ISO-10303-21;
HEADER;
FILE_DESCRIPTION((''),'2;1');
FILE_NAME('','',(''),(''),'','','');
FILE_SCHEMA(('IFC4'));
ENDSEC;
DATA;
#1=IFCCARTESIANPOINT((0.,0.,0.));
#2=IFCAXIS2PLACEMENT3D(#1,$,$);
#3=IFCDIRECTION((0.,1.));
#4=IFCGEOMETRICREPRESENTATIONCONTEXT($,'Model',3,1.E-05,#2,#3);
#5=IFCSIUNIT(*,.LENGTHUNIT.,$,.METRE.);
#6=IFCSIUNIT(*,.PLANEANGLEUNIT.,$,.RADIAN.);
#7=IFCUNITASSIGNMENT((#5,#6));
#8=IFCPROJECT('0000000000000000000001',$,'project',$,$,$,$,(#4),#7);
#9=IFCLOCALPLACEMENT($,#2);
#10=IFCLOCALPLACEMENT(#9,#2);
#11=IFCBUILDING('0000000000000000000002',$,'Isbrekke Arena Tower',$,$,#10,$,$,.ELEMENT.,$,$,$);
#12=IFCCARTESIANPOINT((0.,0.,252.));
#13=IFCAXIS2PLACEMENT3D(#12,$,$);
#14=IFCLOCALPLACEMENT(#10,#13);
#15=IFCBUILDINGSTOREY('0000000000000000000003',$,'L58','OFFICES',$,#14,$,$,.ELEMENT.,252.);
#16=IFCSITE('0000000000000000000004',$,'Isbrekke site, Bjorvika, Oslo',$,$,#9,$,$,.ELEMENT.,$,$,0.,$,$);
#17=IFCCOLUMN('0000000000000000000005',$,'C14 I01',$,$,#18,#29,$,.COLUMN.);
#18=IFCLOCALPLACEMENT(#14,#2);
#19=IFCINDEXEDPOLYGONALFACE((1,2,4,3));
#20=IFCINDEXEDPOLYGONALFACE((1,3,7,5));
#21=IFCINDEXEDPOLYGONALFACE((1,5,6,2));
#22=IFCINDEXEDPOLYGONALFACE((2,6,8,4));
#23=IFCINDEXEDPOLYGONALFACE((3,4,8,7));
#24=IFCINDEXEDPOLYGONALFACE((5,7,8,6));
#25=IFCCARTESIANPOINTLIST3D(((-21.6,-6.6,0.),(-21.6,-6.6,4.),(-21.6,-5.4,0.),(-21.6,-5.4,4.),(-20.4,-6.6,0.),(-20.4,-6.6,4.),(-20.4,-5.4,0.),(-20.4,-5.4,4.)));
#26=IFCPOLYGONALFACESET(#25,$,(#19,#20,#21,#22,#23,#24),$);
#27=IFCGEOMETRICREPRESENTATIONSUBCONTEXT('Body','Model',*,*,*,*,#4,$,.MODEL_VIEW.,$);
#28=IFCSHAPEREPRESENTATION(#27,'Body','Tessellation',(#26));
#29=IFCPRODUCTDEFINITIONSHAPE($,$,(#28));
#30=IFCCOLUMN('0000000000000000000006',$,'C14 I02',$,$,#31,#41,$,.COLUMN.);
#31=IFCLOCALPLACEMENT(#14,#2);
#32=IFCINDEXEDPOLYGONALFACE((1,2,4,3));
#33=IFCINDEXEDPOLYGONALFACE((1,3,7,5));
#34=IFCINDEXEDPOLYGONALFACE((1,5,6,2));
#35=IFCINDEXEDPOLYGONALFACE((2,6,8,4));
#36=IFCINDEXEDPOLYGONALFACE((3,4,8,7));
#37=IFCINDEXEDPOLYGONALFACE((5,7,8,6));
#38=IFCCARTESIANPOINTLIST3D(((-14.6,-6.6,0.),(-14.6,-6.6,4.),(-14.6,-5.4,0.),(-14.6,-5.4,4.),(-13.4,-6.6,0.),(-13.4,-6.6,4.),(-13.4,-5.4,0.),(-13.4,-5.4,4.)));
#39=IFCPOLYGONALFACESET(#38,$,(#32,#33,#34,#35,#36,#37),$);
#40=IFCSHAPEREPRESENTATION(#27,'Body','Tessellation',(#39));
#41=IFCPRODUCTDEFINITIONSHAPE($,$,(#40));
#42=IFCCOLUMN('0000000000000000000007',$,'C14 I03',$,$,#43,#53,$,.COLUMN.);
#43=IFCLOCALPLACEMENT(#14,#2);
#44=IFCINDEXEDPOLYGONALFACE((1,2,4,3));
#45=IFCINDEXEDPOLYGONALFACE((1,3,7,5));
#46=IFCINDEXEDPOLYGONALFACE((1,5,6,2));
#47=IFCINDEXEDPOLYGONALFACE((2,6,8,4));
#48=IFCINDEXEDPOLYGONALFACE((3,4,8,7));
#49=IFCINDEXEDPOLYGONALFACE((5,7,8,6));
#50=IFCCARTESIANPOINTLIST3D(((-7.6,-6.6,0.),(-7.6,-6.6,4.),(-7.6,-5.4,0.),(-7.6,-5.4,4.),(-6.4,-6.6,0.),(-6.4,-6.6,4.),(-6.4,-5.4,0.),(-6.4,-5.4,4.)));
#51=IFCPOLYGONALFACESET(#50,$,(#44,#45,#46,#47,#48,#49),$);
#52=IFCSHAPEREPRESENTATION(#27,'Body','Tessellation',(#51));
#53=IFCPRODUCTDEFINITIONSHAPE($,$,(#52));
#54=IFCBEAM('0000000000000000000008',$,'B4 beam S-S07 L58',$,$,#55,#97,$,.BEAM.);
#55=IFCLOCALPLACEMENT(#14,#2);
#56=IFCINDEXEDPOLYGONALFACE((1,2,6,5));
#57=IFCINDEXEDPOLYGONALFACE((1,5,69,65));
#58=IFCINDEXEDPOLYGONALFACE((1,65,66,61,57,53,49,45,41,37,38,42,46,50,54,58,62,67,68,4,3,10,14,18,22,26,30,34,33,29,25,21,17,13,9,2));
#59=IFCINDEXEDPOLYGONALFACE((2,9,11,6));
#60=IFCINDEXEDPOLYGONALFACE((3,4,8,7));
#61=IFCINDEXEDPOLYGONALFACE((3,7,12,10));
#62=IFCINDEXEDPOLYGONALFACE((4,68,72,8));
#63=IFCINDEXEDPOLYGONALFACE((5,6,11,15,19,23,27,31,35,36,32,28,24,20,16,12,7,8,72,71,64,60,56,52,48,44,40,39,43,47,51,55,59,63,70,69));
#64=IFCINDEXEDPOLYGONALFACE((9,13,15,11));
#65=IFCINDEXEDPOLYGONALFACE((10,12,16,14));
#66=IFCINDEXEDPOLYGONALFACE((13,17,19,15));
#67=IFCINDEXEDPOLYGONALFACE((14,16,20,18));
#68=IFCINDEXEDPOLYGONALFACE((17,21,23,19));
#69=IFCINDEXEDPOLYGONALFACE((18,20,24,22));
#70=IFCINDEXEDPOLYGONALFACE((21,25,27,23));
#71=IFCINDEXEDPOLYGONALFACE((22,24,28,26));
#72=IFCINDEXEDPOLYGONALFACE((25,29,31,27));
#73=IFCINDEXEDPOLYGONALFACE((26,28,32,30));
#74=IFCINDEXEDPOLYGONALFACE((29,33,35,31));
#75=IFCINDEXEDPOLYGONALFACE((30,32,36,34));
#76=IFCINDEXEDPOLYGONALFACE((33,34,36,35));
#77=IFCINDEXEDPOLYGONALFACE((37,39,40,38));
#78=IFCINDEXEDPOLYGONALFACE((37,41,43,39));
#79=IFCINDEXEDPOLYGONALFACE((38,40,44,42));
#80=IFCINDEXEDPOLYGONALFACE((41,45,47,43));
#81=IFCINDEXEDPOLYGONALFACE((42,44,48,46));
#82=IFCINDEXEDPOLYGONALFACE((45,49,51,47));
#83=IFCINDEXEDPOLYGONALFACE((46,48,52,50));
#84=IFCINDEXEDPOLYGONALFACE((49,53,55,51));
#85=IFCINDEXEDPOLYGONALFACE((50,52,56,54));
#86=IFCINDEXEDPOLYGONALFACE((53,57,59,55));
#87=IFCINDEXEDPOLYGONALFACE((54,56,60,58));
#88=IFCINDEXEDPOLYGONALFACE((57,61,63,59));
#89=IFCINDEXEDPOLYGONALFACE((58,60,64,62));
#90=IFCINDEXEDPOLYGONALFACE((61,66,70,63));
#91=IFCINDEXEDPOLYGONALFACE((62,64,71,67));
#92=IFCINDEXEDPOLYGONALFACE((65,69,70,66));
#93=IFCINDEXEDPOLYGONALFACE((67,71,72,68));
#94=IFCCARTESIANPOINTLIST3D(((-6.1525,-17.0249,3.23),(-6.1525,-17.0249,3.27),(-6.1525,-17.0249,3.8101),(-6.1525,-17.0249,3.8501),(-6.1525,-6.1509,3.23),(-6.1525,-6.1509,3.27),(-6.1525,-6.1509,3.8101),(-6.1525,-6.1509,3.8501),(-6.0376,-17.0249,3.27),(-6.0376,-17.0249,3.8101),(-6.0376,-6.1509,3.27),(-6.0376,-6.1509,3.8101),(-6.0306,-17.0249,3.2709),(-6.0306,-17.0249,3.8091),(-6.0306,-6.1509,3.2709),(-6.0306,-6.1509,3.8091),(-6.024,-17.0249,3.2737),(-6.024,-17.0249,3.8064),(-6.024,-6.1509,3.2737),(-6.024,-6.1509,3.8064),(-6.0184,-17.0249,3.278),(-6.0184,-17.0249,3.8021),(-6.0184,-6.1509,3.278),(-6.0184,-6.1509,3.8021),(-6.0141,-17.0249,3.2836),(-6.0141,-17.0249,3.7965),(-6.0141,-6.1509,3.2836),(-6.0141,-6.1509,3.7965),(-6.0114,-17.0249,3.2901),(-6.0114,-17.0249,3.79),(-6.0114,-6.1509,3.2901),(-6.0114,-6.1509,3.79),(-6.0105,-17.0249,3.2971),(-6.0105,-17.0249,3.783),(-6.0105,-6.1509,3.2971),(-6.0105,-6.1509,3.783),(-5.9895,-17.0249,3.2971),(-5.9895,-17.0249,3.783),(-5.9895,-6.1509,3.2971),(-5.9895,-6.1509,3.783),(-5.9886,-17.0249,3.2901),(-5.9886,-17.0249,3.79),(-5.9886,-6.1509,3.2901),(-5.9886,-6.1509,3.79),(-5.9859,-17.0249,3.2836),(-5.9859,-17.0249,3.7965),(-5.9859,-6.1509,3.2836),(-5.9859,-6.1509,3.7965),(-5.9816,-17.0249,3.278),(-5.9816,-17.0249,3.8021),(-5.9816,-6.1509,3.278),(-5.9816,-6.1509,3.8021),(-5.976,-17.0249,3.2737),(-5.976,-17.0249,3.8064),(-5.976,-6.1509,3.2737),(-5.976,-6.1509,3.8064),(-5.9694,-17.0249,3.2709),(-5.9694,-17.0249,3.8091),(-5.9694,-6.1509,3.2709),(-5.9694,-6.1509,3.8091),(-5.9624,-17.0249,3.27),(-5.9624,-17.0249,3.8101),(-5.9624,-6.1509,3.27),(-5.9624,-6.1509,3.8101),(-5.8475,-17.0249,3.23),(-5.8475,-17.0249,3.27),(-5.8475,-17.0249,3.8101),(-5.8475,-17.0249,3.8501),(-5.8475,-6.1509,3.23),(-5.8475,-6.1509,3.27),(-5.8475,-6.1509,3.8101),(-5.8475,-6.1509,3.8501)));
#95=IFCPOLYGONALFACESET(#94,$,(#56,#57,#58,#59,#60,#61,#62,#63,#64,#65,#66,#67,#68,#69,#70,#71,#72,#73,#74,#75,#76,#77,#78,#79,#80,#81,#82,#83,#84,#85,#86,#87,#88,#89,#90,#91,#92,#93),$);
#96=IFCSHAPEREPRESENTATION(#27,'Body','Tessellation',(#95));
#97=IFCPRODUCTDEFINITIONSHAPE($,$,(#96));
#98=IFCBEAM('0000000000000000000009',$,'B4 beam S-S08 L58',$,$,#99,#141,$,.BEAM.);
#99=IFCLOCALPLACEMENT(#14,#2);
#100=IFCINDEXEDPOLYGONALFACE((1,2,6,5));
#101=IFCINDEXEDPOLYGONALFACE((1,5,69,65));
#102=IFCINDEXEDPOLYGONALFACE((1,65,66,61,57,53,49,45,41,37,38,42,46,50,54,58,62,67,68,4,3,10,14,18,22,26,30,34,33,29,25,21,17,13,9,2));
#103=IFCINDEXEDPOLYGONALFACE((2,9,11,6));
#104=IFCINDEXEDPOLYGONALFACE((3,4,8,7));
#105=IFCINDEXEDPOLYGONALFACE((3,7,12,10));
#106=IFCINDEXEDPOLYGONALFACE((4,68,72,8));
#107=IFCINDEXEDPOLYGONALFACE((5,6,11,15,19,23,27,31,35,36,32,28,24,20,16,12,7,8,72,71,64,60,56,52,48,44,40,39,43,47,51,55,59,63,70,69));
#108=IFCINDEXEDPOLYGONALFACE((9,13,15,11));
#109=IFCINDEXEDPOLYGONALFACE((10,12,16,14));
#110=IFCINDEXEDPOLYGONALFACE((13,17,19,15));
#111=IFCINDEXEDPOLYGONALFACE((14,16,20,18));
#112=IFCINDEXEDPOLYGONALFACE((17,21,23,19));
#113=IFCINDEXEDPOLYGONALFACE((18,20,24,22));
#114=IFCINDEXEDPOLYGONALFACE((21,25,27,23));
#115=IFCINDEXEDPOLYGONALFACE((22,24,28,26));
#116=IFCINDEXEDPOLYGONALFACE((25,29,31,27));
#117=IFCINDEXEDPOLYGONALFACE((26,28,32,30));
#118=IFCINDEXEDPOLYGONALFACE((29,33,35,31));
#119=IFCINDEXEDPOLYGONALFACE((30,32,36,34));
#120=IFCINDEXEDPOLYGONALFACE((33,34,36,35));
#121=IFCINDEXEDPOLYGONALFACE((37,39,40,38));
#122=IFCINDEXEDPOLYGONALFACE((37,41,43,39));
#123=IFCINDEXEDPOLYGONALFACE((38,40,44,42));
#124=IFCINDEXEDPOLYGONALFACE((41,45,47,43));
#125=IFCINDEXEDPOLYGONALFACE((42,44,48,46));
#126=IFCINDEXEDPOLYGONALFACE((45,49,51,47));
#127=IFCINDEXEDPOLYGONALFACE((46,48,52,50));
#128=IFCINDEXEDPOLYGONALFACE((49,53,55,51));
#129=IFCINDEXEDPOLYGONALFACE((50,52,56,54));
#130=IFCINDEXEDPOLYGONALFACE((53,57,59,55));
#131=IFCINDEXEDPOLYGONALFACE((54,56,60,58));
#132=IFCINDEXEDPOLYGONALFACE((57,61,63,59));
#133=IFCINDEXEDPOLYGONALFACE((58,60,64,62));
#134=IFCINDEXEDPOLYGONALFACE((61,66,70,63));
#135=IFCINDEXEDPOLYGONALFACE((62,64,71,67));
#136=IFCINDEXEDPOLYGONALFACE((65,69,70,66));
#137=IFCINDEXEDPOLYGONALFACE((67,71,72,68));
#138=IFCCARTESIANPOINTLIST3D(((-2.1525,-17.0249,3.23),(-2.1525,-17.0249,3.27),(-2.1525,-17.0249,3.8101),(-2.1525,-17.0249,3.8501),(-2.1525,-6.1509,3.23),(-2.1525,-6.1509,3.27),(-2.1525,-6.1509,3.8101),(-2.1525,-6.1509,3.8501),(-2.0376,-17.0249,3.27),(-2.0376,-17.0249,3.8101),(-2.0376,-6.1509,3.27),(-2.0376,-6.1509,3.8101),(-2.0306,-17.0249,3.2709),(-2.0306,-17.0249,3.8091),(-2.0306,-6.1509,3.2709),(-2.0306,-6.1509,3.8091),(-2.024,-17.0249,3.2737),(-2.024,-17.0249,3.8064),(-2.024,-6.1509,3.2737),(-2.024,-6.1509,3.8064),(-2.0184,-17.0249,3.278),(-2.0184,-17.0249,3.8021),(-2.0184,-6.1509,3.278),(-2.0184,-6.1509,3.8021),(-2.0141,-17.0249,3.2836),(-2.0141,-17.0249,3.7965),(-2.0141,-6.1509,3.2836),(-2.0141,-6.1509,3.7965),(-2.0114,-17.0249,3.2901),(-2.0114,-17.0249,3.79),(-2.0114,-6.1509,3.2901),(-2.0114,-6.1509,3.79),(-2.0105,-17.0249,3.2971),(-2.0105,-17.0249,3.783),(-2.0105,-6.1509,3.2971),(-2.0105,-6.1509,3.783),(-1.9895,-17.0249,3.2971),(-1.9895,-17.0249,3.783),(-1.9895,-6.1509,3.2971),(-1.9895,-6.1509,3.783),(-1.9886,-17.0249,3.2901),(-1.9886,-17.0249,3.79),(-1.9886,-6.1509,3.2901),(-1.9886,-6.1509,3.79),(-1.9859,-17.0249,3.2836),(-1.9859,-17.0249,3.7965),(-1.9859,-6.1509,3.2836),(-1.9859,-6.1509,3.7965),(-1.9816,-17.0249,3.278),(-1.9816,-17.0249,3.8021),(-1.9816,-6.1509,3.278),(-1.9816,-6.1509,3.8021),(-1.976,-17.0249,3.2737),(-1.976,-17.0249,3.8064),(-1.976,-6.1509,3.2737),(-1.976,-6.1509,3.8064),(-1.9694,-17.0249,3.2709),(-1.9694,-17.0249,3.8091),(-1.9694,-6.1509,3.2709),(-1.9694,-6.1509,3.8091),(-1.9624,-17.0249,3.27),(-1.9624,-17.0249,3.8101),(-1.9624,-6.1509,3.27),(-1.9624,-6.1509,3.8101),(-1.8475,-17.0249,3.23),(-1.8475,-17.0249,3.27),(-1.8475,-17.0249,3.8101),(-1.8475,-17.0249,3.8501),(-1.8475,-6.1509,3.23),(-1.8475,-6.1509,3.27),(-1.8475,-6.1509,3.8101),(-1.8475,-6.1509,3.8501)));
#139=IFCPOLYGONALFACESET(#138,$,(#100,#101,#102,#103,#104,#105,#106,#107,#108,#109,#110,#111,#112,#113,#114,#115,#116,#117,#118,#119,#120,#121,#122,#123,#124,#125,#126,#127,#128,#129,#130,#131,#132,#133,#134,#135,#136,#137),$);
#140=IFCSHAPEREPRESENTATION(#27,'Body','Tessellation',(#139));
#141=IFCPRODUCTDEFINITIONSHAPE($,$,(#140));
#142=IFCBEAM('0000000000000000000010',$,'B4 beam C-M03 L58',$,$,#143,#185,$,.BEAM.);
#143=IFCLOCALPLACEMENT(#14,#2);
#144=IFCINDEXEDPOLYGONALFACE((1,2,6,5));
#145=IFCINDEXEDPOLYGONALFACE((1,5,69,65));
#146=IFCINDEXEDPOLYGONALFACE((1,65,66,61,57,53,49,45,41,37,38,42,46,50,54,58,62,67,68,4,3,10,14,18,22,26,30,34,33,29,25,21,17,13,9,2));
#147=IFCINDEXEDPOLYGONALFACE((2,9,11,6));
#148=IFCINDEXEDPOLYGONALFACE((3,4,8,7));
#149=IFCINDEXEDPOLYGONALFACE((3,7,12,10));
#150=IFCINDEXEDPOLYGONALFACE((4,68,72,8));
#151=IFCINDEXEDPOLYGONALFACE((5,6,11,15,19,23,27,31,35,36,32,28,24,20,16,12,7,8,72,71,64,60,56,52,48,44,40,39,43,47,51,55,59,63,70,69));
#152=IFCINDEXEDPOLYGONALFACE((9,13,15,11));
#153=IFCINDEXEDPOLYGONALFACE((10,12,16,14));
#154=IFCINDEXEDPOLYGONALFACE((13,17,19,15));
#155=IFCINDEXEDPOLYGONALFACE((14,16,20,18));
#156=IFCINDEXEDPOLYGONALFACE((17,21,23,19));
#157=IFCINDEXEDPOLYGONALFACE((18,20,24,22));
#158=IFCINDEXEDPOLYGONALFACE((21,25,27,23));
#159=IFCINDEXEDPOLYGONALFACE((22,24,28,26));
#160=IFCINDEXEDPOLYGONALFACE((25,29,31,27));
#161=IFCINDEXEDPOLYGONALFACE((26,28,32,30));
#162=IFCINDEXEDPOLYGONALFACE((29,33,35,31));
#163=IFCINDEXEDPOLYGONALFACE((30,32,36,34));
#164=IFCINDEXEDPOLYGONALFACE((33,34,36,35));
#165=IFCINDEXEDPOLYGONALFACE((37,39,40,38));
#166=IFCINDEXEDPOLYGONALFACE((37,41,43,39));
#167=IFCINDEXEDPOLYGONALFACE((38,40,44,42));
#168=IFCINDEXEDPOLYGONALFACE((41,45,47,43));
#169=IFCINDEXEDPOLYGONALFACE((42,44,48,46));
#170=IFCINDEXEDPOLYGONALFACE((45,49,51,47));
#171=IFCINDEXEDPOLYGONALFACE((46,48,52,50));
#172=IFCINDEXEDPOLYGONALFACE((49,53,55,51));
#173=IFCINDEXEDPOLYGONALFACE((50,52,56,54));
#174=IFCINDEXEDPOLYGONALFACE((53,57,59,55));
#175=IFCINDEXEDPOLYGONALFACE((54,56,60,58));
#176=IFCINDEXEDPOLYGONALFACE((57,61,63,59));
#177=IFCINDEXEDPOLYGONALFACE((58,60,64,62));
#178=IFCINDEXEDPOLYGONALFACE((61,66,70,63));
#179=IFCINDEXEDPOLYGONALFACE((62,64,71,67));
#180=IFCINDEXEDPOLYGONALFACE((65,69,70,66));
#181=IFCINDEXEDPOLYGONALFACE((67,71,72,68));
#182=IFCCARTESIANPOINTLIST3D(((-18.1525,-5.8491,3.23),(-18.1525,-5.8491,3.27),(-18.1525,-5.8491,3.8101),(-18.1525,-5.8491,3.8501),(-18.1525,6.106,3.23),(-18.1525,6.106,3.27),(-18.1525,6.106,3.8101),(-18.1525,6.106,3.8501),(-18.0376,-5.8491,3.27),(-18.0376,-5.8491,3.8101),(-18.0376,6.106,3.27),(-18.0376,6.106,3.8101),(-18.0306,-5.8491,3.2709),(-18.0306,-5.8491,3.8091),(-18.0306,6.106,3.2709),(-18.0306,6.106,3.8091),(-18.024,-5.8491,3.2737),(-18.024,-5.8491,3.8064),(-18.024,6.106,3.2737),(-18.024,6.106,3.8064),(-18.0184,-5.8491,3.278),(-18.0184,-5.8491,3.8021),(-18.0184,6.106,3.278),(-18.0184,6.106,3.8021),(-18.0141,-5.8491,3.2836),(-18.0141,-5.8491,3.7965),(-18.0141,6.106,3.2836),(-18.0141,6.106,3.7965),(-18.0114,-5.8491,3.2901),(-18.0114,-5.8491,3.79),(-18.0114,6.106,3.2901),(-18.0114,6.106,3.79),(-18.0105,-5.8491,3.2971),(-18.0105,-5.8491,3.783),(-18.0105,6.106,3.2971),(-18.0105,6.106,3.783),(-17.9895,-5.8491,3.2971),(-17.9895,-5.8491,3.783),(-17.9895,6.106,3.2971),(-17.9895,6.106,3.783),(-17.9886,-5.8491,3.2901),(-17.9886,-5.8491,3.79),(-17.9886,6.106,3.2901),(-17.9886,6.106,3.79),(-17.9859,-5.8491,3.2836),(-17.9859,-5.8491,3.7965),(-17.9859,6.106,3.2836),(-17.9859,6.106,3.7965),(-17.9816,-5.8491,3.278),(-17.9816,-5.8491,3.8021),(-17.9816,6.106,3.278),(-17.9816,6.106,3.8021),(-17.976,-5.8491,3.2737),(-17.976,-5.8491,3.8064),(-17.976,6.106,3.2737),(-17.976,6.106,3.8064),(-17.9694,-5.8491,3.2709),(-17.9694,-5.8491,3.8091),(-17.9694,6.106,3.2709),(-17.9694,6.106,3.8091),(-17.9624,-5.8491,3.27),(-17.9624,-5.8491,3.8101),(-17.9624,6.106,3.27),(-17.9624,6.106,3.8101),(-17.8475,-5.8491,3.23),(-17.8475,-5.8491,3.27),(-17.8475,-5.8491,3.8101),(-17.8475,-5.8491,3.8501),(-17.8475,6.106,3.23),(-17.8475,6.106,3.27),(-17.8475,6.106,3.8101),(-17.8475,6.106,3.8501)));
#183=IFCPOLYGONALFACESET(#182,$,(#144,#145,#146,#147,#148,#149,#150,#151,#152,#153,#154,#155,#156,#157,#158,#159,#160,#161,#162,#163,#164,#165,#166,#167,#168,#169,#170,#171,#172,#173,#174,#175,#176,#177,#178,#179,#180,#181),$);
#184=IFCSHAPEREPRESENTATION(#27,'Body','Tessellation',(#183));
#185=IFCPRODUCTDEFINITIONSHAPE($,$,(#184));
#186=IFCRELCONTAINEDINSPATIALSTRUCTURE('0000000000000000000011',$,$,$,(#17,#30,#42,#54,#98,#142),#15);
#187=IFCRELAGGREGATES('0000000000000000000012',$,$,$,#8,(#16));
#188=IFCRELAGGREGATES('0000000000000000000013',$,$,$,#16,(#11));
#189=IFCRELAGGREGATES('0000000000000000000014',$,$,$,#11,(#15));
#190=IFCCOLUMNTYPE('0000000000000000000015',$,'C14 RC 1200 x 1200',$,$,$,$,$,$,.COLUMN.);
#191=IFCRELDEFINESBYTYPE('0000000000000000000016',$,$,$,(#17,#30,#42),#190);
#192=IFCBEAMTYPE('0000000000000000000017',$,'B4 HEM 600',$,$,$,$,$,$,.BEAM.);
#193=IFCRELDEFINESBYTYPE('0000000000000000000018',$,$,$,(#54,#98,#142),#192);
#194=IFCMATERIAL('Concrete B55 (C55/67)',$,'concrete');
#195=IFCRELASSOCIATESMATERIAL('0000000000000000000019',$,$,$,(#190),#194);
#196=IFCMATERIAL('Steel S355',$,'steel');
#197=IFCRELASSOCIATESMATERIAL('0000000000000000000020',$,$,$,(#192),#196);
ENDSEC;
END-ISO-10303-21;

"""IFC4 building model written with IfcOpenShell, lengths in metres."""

from ifc_helpers import new_model, si_unit, direction, frame, origin, origin_2d, place, context, subcontext, project, spatial, rectangle, i_section, extrude, material, material_profile, profile_set, type_object, element, save


model = new_model("IFC4")

# Units and contexts
model_context = context("Model", 3, precision=1e-05, world=origin(), true_north=direction((0.0, 1.0)))
body_context = subcontext(model_context, "Body", "Model", "MODEL_VIEW")
ifc_project = project(units=[si_unit("LENGTHUNIT", "METRE"), si_unit("PLANEANGLEUNIT", "RADIAN")], contexts=[model_context])

# Site, building, storey
site_placement = place(None, origin())
site = spatial("IfcSite", under=ifc_project, at=site_placement, Name="Isbrekke site, Bjorvika, Oslo", CompositionType="ELEMENT", RefElevation=0.0)
building_placement = place(site_placement, origin())
building = spatial("IfcBuilding", under=site, at=building_placement, Name="Isbrekke Arena Tower", CompositionType="ELEMENT")
storey_placement = place(building_placement, frame((0.0, 0.0, 252.0)))
storey = spatial("IfcBuildingStorey", under=building, at=storey_placement, Name="L58", Description="OFFICES", CompositionType="ELEMENT", Elevation=252.0)

# Columns
ifc_material_1 = material(Name="Concrete B55 (C55/67)", Category="concrete")
ifc_material_profile_1 = material_profile(ifc_material_1, rectangle(XDim=1.2, YDim=1.2, at=origin_2d()), Name="RC 1200x1200")
ifc_profile_set_1 = profile_set([ifc_material_profile_1], Name="Concrete B55 (C55/67)")
column_type = type_object("IfcColumnType", Name="C14 RC 1200 x 1200", PredefinedType="COLUMN", material=ifc_profile_set_1)
for number, where, z_axis, x_axis, name in (
    (1, (-21.0, -6.0, 0.0), (0.0, 0.0, 1.0), (1.0, 0.0, 0.0), "C14 I01"),
    (2, (-14.0, -6.0, 0.0), (0.0, 0.0, 1.0), (1.0, 0.0, 0.0), "C14 I02"),
    (3, (-7.0, -6.0, 0.0), (0.0, 0.0, 1.0), (1.0, 0.0, 0.0), "C14 I03"),
):
    element("IfcColumn", number, at=place(storey_placement, frame(where, z_axis=z_axis, x_axis=x_axis)), inside=storey, type_object=column_type, Name=name, PredefinedType="COLUMN", context=body_context, shape_type="SweptSolid", body=[
        extrude(rectangle(XDim=1.2, YDim=1.2, at=origin_2d()), origin(), (0.0, 0.0, 1.0), 4.0),
    ])

# Beams
ifc_material_2 = material(Name="Steel S355", Category="steel")
ifc_material_profile_2 = material_profile(ifc_material_2, i_section(OverallWidth=0.3049, OverallDepth=0.6201, WebThickness=0.021, FlangeThickness=0.04, FilletRadius=0.0271, at=origin_2d()), Name="HEM 600")
ifc_profile_set_2 = profile_set([ifc_material_profile_2], Name="Steel S355")
beam_type_1 = type_object("IfcBeamType", Name="B4 HEM 600", PredefinedType="BEAM", material=ifc_profile_set_2)
for number, where, z_axis, x_axis, name in (
    (4, (-6.0, -17.0249, 3.54), (0.0, 1.0, 0.0), (-1.0, 0.0, 0.0), "B4 beam S-S07 L58"),
    (5, (-2.0, -17.0249, 3.54), (0.0, 1.0, 0.0), (-1.0, 0.0, 0.0), "B4 beam S-S08 L58"),
):
    element("IfcBeam", number, at=place(storey_placement, frame(where, z_axis=z_axis, x_axis=x_axis)), inside=storey, type_object=beam_type_1, Name=name, PredefinedType="BEAM", context=body_context, shape_type="SweptSolid", body=[
        extrude(i_section(OverallWidth=0.3049, OverallDepth=0.6201, WebThickness=0.021, FlangeThickness=0.04, FilletRadius=0.0271, at=origin_2d()), origin(), (0.0, 0.0, 1.0), 10.874),
    ])
beam_1_placement = place(storey_placement, frame((-18.0, -5.8491, 3.54), z_axis=(0.0, 1.0, 0.0), x_axis=(-1.0, 0.0, 0.0)))
element("IfcBeam", 6, at=beam_1_placement, inside=storey, type_object=beam_type_1, Name="B4 beam C-M03 L58", PredefinedType="BEAM", context=body_context, shape_type="SweptSolid", body=[
    extrude(i_section(OverallWidth=0.3049, OverallDepth=0.6201, WebThickness=0.021, FlangeThickness=0.04, FilletRadius=0.0271, at=origin_2d()), origin(), (0.0, 0.0, 1.0), 11.9551),
])

save(model, "model.ifc")
